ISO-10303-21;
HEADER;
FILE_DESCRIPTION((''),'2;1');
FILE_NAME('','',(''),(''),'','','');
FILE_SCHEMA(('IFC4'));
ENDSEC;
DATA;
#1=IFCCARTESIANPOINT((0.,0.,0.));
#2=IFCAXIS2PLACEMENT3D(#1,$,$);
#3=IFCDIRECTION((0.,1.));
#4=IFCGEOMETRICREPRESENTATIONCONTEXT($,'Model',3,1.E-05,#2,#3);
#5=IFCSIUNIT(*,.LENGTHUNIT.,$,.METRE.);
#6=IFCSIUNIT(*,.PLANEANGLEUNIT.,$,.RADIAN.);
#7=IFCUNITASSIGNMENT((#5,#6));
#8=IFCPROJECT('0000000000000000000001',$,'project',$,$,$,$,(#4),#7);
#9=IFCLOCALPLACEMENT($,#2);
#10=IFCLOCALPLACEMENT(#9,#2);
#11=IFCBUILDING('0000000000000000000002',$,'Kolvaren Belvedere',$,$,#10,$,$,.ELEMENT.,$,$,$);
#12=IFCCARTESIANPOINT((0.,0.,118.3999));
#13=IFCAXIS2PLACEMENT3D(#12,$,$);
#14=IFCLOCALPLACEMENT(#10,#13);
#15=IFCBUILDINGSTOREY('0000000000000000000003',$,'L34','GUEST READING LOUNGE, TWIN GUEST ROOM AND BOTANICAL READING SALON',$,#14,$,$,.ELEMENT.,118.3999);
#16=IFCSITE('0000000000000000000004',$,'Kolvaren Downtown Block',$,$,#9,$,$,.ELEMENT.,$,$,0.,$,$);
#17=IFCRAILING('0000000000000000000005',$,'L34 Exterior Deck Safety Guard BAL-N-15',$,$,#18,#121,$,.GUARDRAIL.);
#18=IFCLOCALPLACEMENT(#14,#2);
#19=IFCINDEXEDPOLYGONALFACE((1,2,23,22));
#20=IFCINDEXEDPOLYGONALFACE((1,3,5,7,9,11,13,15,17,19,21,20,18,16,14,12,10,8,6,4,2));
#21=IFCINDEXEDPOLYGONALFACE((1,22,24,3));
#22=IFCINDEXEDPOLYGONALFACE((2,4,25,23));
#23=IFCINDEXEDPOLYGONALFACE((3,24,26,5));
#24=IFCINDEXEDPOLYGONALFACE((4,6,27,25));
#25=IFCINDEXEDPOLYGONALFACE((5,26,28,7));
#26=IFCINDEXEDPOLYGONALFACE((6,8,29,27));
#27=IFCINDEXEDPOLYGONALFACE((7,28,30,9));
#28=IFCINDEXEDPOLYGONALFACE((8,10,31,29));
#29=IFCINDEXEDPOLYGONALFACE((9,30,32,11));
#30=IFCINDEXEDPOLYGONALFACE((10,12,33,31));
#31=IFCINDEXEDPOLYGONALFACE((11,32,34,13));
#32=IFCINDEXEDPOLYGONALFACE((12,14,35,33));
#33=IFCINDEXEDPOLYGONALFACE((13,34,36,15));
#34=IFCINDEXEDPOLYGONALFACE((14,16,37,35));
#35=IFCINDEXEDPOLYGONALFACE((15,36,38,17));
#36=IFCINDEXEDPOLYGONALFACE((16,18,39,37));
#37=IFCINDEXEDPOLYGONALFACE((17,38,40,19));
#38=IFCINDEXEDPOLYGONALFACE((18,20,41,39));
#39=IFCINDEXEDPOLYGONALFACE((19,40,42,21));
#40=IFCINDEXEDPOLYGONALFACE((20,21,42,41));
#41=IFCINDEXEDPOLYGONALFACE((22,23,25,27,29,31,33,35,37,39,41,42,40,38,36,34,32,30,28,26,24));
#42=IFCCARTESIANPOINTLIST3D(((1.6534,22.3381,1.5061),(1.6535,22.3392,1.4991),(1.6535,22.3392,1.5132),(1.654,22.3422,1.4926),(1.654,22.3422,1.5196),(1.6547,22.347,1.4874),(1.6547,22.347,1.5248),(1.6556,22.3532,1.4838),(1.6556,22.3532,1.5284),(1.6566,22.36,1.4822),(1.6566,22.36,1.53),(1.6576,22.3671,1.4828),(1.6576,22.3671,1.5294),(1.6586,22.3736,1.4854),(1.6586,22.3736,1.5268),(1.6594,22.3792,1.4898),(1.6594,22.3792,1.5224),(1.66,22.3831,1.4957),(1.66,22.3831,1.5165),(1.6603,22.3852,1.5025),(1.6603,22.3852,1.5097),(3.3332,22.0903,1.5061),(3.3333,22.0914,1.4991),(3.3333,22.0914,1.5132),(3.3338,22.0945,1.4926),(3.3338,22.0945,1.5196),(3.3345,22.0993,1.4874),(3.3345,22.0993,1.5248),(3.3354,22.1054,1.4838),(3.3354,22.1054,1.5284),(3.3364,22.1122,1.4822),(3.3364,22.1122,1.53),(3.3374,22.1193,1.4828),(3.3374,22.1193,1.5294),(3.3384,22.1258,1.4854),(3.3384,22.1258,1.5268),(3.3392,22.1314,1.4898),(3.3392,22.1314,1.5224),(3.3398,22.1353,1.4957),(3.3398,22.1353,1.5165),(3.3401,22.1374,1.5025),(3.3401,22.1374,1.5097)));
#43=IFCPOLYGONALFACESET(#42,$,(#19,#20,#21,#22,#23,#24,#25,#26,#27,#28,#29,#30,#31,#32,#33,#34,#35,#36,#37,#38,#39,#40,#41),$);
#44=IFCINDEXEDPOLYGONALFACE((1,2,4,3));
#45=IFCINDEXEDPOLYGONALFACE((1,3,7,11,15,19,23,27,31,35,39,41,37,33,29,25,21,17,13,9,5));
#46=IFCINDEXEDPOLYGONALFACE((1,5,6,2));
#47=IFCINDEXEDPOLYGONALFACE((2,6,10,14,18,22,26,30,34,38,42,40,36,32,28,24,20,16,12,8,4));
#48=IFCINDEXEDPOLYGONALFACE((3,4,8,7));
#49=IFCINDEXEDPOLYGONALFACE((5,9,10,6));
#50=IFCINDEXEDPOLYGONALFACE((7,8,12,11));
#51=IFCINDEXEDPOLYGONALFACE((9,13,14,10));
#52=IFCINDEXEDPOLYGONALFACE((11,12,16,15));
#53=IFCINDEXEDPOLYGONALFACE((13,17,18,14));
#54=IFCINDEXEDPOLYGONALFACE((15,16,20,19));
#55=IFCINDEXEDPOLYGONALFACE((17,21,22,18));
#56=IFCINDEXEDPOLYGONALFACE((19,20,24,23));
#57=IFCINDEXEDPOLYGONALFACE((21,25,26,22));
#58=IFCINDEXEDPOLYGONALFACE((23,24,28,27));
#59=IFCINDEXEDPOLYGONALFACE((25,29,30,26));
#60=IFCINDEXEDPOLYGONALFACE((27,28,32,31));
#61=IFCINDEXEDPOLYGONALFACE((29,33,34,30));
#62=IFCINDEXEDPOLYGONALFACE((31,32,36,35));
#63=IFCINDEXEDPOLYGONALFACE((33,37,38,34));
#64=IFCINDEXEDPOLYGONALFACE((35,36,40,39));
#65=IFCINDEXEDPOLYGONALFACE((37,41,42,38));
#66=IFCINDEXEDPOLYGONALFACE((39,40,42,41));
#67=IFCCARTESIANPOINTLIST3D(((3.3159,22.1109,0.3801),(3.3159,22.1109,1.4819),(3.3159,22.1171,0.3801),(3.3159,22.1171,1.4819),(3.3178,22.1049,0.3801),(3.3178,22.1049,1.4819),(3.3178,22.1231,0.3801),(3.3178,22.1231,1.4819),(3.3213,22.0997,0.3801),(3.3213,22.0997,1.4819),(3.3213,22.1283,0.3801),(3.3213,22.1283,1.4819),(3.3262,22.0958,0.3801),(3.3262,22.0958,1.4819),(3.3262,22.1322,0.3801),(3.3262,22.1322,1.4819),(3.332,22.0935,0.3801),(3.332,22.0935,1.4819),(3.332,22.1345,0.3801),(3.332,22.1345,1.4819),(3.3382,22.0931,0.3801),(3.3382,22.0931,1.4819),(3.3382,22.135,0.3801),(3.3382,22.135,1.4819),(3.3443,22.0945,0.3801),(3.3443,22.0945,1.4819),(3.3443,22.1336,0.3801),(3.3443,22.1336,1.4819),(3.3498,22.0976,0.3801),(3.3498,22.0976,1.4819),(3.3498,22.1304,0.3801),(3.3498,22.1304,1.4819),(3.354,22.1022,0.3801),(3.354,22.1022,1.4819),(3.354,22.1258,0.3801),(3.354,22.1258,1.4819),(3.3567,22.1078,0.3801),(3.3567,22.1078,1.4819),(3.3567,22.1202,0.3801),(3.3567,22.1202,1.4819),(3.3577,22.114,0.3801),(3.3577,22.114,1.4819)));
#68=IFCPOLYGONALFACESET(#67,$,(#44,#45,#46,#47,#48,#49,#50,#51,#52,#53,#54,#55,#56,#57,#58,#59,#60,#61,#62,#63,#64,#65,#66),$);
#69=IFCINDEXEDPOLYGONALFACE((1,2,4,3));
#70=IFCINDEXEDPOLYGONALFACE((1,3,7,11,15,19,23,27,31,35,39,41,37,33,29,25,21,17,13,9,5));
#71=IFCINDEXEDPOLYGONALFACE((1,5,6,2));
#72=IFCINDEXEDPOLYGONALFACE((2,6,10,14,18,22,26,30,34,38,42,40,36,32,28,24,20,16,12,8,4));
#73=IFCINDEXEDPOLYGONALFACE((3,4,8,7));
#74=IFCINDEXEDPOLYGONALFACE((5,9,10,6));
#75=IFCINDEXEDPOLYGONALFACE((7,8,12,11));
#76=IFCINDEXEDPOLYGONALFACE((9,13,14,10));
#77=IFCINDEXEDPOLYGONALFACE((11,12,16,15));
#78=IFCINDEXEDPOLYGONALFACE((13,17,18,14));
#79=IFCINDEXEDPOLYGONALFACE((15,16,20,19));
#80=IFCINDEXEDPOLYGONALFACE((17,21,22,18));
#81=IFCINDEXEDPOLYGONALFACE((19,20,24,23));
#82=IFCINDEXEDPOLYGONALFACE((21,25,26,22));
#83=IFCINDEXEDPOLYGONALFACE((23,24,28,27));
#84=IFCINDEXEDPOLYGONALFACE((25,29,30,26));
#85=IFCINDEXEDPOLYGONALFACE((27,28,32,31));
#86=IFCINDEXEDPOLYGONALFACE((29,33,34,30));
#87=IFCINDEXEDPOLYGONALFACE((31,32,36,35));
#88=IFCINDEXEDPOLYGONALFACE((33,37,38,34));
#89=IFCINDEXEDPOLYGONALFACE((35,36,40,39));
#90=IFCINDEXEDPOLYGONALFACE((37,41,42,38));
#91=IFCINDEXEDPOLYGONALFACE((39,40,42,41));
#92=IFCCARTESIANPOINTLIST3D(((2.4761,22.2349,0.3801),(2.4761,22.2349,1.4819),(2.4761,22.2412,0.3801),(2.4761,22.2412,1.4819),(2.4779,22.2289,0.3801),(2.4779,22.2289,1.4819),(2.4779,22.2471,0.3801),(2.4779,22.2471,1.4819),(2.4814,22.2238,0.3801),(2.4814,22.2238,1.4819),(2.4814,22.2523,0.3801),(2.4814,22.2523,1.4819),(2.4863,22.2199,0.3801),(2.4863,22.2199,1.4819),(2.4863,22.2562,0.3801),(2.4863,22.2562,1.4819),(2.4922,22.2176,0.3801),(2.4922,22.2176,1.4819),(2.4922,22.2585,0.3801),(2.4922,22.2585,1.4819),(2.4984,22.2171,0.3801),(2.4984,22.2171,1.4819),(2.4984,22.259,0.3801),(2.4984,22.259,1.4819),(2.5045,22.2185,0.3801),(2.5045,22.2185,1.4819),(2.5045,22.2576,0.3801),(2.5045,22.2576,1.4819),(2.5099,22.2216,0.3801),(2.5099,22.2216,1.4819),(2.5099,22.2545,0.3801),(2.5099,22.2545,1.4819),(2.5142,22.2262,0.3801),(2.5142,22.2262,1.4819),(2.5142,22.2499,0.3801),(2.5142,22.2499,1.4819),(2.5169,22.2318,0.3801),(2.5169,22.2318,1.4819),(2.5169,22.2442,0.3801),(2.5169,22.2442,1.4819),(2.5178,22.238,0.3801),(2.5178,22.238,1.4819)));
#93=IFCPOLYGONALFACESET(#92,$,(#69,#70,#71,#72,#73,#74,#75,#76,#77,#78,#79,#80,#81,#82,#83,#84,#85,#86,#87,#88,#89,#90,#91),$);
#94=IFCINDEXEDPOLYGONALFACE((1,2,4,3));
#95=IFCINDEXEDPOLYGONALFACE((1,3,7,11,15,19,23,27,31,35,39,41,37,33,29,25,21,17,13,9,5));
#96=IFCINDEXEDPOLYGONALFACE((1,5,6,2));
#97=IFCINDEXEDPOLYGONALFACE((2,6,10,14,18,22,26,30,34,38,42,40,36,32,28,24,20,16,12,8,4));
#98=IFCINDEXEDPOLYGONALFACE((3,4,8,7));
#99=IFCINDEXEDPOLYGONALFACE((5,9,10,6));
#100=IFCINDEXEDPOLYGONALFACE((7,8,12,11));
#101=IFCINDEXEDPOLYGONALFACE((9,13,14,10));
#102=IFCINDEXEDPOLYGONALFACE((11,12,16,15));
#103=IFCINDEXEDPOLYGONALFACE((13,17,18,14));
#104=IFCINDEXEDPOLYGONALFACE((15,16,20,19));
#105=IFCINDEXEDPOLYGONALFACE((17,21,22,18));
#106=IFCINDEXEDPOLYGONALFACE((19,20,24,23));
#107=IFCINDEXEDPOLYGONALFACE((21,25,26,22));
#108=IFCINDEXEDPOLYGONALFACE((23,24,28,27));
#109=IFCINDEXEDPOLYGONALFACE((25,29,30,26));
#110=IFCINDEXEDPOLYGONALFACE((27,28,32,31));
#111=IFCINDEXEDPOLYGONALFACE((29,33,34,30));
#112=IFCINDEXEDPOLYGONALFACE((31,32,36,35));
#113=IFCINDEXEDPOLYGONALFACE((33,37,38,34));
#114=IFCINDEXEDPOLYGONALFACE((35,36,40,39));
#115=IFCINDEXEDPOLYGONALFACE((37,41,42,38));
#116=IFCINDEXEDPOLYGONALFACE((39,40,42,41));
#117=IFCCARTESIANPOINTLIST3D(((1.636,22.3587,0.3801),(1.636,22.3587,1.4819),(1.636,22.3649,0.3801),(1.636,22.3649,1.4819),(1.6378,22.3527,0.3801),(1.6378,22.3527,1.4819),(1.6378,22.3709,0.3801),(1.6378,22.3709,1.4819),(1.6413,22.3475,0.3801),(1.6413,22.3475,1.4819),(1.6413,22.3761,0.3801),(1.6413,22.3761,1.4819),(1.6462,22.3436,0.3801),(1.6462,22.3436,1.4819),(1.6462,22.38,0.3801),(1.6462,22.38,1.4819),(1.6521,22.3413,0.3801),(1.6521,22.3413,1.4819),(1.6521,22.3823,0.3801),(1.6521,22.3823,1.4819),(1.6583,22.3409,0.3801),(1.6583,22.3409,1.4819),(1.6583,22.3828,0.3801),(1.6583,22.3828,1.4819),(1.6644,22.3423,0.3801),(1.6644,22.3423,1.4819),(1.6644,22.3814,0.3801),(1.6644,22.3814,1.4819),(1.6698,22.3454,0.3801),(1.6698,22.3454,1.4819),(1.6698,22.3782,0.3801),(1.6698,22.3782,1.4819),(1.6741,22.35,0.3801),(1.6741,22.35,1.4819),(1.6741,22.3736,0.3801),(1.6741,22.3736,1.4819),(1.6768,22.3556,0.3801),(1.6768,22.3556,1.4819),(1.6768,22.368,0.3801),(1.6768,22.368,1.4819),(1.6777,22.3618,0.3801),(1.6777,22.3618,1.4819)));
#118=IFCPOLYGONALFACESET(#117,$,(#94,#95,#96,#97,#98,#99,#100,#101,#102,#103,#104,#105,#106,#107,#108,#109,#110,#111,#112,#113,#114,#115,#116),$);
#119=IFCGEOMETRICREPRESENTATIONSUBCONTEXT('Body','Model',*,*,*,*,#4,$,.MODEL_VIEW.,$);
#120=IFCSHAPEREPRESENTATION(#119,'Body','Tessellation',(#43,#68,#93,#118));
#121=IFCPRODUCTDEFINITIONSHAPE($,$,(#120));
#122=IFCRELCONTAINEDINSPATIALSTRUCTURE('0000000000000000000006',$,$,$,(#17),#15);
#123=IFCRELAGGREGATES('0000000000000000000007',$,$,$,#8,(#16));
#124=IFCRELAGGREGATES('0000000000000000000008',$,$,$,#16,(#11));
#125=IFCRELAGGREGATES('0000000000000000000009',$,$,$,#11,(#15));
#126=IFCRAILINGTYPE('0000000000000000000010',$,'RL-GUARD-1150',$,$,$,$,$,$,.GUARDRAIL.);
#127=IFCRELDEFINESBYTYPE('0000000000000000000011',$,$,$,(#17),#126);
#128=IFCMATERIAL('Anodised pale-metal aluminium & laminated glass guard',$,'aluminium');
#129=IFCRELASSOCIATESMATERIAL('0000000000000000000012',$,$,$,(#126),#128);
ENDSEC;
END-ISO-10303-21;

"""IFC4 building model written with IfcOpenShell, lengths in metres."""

from ifc_helpers import new_model, si_unit, direction, frame, origin, origin_2d, place, context, subcontext, project, spatial, circle, extrude, material, type_object, element, save


model = new_model("IFC4")

# Units and contexts
model_context = context("Model", 3, precision=1e-05, world=origin(), true_north=direction((0.0, 1.0)))
body_context = subcontext(model_context, "Body", "Model", "MODEL_VIEW")
ifc_project = project(units=[si_unit("LENGTHUNIT", "METRE"), si_unit("PLANEANGLEUNIT", "RADIAN")], contexts=[model_context])

# Site, building, storey
site_placement = place(None, origin())
site = spatial("IfcSite", under=ifc_project, at=site_placement, Name="Kolvaren Downtown Block", CompositionType="ELEMENT", RefElevation=0.0)
building_placement = place(site_placement, origin())
building = spatial("IfcBuilding", under=site, at=building_placement, Name="Kolvaren Belvedere", CompositionType="ELEMENT")
storey_placement = place(building_placement, frame((0.0, 0.0, 118.3999)))
storey = spatial("IfcBuildingStorey", under=building, at=storey_placement, Name="L34", Description="GUEST READING LOUNGE, TWIN GUEST ROOM AND BOTANICAL READING SALON", CompositionType="ELEMENT", Elevation=118.3999)

# Railing
ifc_material_1 = material(Name="Anodised pale-metal aluminium & laminated glass guard", Category="aluminium")
railing_type = type_object("IfcRailingType", Name="RL-GUARD-1150", PredefinedType="GUARDRAIL", material=ifc_material_1)
railing_1_placement = place(storey_placement, frame((3.3367, 22.114, 0.3801)))
element("IfcRailing", 1, at=railing_1_placement, inside=storey, type_object=railing_type, Name="L34 Exterior Deck Safety Guard BAL-N-15", PredefinedType="GUARDRAIL", context=body_context, shape_type="SweptSolid", body=[
    extrude(circle(Radius=0.0239, at=origin_2d()), frame((0.0, 0.0, 1.126), z_axis=(-0.989295, 0.145929, 0.0), x_axis=(-0.145929, -0.989295, 0.0)), (0.0, 0.0, 1.0), 1.698),
    extrude(circle(Radius=0.021, at=origin_2d()), origin(), (0.0, 0.0, 1.0), 1.1018),
    extrude(circle(Radius=0.021, at=origin_2d()), frame((-0.8398, 0.124, 0.0)), (0.0, 0.0, 1.0), 1.1018),
    extrude(circle(Radius=0.021, at=origin_2d()), frame((-1.6799, 0.2478, 0.0)), (0.0, 0.0, 1.0), 1.1018),
])

save(model, "model.ifc")
